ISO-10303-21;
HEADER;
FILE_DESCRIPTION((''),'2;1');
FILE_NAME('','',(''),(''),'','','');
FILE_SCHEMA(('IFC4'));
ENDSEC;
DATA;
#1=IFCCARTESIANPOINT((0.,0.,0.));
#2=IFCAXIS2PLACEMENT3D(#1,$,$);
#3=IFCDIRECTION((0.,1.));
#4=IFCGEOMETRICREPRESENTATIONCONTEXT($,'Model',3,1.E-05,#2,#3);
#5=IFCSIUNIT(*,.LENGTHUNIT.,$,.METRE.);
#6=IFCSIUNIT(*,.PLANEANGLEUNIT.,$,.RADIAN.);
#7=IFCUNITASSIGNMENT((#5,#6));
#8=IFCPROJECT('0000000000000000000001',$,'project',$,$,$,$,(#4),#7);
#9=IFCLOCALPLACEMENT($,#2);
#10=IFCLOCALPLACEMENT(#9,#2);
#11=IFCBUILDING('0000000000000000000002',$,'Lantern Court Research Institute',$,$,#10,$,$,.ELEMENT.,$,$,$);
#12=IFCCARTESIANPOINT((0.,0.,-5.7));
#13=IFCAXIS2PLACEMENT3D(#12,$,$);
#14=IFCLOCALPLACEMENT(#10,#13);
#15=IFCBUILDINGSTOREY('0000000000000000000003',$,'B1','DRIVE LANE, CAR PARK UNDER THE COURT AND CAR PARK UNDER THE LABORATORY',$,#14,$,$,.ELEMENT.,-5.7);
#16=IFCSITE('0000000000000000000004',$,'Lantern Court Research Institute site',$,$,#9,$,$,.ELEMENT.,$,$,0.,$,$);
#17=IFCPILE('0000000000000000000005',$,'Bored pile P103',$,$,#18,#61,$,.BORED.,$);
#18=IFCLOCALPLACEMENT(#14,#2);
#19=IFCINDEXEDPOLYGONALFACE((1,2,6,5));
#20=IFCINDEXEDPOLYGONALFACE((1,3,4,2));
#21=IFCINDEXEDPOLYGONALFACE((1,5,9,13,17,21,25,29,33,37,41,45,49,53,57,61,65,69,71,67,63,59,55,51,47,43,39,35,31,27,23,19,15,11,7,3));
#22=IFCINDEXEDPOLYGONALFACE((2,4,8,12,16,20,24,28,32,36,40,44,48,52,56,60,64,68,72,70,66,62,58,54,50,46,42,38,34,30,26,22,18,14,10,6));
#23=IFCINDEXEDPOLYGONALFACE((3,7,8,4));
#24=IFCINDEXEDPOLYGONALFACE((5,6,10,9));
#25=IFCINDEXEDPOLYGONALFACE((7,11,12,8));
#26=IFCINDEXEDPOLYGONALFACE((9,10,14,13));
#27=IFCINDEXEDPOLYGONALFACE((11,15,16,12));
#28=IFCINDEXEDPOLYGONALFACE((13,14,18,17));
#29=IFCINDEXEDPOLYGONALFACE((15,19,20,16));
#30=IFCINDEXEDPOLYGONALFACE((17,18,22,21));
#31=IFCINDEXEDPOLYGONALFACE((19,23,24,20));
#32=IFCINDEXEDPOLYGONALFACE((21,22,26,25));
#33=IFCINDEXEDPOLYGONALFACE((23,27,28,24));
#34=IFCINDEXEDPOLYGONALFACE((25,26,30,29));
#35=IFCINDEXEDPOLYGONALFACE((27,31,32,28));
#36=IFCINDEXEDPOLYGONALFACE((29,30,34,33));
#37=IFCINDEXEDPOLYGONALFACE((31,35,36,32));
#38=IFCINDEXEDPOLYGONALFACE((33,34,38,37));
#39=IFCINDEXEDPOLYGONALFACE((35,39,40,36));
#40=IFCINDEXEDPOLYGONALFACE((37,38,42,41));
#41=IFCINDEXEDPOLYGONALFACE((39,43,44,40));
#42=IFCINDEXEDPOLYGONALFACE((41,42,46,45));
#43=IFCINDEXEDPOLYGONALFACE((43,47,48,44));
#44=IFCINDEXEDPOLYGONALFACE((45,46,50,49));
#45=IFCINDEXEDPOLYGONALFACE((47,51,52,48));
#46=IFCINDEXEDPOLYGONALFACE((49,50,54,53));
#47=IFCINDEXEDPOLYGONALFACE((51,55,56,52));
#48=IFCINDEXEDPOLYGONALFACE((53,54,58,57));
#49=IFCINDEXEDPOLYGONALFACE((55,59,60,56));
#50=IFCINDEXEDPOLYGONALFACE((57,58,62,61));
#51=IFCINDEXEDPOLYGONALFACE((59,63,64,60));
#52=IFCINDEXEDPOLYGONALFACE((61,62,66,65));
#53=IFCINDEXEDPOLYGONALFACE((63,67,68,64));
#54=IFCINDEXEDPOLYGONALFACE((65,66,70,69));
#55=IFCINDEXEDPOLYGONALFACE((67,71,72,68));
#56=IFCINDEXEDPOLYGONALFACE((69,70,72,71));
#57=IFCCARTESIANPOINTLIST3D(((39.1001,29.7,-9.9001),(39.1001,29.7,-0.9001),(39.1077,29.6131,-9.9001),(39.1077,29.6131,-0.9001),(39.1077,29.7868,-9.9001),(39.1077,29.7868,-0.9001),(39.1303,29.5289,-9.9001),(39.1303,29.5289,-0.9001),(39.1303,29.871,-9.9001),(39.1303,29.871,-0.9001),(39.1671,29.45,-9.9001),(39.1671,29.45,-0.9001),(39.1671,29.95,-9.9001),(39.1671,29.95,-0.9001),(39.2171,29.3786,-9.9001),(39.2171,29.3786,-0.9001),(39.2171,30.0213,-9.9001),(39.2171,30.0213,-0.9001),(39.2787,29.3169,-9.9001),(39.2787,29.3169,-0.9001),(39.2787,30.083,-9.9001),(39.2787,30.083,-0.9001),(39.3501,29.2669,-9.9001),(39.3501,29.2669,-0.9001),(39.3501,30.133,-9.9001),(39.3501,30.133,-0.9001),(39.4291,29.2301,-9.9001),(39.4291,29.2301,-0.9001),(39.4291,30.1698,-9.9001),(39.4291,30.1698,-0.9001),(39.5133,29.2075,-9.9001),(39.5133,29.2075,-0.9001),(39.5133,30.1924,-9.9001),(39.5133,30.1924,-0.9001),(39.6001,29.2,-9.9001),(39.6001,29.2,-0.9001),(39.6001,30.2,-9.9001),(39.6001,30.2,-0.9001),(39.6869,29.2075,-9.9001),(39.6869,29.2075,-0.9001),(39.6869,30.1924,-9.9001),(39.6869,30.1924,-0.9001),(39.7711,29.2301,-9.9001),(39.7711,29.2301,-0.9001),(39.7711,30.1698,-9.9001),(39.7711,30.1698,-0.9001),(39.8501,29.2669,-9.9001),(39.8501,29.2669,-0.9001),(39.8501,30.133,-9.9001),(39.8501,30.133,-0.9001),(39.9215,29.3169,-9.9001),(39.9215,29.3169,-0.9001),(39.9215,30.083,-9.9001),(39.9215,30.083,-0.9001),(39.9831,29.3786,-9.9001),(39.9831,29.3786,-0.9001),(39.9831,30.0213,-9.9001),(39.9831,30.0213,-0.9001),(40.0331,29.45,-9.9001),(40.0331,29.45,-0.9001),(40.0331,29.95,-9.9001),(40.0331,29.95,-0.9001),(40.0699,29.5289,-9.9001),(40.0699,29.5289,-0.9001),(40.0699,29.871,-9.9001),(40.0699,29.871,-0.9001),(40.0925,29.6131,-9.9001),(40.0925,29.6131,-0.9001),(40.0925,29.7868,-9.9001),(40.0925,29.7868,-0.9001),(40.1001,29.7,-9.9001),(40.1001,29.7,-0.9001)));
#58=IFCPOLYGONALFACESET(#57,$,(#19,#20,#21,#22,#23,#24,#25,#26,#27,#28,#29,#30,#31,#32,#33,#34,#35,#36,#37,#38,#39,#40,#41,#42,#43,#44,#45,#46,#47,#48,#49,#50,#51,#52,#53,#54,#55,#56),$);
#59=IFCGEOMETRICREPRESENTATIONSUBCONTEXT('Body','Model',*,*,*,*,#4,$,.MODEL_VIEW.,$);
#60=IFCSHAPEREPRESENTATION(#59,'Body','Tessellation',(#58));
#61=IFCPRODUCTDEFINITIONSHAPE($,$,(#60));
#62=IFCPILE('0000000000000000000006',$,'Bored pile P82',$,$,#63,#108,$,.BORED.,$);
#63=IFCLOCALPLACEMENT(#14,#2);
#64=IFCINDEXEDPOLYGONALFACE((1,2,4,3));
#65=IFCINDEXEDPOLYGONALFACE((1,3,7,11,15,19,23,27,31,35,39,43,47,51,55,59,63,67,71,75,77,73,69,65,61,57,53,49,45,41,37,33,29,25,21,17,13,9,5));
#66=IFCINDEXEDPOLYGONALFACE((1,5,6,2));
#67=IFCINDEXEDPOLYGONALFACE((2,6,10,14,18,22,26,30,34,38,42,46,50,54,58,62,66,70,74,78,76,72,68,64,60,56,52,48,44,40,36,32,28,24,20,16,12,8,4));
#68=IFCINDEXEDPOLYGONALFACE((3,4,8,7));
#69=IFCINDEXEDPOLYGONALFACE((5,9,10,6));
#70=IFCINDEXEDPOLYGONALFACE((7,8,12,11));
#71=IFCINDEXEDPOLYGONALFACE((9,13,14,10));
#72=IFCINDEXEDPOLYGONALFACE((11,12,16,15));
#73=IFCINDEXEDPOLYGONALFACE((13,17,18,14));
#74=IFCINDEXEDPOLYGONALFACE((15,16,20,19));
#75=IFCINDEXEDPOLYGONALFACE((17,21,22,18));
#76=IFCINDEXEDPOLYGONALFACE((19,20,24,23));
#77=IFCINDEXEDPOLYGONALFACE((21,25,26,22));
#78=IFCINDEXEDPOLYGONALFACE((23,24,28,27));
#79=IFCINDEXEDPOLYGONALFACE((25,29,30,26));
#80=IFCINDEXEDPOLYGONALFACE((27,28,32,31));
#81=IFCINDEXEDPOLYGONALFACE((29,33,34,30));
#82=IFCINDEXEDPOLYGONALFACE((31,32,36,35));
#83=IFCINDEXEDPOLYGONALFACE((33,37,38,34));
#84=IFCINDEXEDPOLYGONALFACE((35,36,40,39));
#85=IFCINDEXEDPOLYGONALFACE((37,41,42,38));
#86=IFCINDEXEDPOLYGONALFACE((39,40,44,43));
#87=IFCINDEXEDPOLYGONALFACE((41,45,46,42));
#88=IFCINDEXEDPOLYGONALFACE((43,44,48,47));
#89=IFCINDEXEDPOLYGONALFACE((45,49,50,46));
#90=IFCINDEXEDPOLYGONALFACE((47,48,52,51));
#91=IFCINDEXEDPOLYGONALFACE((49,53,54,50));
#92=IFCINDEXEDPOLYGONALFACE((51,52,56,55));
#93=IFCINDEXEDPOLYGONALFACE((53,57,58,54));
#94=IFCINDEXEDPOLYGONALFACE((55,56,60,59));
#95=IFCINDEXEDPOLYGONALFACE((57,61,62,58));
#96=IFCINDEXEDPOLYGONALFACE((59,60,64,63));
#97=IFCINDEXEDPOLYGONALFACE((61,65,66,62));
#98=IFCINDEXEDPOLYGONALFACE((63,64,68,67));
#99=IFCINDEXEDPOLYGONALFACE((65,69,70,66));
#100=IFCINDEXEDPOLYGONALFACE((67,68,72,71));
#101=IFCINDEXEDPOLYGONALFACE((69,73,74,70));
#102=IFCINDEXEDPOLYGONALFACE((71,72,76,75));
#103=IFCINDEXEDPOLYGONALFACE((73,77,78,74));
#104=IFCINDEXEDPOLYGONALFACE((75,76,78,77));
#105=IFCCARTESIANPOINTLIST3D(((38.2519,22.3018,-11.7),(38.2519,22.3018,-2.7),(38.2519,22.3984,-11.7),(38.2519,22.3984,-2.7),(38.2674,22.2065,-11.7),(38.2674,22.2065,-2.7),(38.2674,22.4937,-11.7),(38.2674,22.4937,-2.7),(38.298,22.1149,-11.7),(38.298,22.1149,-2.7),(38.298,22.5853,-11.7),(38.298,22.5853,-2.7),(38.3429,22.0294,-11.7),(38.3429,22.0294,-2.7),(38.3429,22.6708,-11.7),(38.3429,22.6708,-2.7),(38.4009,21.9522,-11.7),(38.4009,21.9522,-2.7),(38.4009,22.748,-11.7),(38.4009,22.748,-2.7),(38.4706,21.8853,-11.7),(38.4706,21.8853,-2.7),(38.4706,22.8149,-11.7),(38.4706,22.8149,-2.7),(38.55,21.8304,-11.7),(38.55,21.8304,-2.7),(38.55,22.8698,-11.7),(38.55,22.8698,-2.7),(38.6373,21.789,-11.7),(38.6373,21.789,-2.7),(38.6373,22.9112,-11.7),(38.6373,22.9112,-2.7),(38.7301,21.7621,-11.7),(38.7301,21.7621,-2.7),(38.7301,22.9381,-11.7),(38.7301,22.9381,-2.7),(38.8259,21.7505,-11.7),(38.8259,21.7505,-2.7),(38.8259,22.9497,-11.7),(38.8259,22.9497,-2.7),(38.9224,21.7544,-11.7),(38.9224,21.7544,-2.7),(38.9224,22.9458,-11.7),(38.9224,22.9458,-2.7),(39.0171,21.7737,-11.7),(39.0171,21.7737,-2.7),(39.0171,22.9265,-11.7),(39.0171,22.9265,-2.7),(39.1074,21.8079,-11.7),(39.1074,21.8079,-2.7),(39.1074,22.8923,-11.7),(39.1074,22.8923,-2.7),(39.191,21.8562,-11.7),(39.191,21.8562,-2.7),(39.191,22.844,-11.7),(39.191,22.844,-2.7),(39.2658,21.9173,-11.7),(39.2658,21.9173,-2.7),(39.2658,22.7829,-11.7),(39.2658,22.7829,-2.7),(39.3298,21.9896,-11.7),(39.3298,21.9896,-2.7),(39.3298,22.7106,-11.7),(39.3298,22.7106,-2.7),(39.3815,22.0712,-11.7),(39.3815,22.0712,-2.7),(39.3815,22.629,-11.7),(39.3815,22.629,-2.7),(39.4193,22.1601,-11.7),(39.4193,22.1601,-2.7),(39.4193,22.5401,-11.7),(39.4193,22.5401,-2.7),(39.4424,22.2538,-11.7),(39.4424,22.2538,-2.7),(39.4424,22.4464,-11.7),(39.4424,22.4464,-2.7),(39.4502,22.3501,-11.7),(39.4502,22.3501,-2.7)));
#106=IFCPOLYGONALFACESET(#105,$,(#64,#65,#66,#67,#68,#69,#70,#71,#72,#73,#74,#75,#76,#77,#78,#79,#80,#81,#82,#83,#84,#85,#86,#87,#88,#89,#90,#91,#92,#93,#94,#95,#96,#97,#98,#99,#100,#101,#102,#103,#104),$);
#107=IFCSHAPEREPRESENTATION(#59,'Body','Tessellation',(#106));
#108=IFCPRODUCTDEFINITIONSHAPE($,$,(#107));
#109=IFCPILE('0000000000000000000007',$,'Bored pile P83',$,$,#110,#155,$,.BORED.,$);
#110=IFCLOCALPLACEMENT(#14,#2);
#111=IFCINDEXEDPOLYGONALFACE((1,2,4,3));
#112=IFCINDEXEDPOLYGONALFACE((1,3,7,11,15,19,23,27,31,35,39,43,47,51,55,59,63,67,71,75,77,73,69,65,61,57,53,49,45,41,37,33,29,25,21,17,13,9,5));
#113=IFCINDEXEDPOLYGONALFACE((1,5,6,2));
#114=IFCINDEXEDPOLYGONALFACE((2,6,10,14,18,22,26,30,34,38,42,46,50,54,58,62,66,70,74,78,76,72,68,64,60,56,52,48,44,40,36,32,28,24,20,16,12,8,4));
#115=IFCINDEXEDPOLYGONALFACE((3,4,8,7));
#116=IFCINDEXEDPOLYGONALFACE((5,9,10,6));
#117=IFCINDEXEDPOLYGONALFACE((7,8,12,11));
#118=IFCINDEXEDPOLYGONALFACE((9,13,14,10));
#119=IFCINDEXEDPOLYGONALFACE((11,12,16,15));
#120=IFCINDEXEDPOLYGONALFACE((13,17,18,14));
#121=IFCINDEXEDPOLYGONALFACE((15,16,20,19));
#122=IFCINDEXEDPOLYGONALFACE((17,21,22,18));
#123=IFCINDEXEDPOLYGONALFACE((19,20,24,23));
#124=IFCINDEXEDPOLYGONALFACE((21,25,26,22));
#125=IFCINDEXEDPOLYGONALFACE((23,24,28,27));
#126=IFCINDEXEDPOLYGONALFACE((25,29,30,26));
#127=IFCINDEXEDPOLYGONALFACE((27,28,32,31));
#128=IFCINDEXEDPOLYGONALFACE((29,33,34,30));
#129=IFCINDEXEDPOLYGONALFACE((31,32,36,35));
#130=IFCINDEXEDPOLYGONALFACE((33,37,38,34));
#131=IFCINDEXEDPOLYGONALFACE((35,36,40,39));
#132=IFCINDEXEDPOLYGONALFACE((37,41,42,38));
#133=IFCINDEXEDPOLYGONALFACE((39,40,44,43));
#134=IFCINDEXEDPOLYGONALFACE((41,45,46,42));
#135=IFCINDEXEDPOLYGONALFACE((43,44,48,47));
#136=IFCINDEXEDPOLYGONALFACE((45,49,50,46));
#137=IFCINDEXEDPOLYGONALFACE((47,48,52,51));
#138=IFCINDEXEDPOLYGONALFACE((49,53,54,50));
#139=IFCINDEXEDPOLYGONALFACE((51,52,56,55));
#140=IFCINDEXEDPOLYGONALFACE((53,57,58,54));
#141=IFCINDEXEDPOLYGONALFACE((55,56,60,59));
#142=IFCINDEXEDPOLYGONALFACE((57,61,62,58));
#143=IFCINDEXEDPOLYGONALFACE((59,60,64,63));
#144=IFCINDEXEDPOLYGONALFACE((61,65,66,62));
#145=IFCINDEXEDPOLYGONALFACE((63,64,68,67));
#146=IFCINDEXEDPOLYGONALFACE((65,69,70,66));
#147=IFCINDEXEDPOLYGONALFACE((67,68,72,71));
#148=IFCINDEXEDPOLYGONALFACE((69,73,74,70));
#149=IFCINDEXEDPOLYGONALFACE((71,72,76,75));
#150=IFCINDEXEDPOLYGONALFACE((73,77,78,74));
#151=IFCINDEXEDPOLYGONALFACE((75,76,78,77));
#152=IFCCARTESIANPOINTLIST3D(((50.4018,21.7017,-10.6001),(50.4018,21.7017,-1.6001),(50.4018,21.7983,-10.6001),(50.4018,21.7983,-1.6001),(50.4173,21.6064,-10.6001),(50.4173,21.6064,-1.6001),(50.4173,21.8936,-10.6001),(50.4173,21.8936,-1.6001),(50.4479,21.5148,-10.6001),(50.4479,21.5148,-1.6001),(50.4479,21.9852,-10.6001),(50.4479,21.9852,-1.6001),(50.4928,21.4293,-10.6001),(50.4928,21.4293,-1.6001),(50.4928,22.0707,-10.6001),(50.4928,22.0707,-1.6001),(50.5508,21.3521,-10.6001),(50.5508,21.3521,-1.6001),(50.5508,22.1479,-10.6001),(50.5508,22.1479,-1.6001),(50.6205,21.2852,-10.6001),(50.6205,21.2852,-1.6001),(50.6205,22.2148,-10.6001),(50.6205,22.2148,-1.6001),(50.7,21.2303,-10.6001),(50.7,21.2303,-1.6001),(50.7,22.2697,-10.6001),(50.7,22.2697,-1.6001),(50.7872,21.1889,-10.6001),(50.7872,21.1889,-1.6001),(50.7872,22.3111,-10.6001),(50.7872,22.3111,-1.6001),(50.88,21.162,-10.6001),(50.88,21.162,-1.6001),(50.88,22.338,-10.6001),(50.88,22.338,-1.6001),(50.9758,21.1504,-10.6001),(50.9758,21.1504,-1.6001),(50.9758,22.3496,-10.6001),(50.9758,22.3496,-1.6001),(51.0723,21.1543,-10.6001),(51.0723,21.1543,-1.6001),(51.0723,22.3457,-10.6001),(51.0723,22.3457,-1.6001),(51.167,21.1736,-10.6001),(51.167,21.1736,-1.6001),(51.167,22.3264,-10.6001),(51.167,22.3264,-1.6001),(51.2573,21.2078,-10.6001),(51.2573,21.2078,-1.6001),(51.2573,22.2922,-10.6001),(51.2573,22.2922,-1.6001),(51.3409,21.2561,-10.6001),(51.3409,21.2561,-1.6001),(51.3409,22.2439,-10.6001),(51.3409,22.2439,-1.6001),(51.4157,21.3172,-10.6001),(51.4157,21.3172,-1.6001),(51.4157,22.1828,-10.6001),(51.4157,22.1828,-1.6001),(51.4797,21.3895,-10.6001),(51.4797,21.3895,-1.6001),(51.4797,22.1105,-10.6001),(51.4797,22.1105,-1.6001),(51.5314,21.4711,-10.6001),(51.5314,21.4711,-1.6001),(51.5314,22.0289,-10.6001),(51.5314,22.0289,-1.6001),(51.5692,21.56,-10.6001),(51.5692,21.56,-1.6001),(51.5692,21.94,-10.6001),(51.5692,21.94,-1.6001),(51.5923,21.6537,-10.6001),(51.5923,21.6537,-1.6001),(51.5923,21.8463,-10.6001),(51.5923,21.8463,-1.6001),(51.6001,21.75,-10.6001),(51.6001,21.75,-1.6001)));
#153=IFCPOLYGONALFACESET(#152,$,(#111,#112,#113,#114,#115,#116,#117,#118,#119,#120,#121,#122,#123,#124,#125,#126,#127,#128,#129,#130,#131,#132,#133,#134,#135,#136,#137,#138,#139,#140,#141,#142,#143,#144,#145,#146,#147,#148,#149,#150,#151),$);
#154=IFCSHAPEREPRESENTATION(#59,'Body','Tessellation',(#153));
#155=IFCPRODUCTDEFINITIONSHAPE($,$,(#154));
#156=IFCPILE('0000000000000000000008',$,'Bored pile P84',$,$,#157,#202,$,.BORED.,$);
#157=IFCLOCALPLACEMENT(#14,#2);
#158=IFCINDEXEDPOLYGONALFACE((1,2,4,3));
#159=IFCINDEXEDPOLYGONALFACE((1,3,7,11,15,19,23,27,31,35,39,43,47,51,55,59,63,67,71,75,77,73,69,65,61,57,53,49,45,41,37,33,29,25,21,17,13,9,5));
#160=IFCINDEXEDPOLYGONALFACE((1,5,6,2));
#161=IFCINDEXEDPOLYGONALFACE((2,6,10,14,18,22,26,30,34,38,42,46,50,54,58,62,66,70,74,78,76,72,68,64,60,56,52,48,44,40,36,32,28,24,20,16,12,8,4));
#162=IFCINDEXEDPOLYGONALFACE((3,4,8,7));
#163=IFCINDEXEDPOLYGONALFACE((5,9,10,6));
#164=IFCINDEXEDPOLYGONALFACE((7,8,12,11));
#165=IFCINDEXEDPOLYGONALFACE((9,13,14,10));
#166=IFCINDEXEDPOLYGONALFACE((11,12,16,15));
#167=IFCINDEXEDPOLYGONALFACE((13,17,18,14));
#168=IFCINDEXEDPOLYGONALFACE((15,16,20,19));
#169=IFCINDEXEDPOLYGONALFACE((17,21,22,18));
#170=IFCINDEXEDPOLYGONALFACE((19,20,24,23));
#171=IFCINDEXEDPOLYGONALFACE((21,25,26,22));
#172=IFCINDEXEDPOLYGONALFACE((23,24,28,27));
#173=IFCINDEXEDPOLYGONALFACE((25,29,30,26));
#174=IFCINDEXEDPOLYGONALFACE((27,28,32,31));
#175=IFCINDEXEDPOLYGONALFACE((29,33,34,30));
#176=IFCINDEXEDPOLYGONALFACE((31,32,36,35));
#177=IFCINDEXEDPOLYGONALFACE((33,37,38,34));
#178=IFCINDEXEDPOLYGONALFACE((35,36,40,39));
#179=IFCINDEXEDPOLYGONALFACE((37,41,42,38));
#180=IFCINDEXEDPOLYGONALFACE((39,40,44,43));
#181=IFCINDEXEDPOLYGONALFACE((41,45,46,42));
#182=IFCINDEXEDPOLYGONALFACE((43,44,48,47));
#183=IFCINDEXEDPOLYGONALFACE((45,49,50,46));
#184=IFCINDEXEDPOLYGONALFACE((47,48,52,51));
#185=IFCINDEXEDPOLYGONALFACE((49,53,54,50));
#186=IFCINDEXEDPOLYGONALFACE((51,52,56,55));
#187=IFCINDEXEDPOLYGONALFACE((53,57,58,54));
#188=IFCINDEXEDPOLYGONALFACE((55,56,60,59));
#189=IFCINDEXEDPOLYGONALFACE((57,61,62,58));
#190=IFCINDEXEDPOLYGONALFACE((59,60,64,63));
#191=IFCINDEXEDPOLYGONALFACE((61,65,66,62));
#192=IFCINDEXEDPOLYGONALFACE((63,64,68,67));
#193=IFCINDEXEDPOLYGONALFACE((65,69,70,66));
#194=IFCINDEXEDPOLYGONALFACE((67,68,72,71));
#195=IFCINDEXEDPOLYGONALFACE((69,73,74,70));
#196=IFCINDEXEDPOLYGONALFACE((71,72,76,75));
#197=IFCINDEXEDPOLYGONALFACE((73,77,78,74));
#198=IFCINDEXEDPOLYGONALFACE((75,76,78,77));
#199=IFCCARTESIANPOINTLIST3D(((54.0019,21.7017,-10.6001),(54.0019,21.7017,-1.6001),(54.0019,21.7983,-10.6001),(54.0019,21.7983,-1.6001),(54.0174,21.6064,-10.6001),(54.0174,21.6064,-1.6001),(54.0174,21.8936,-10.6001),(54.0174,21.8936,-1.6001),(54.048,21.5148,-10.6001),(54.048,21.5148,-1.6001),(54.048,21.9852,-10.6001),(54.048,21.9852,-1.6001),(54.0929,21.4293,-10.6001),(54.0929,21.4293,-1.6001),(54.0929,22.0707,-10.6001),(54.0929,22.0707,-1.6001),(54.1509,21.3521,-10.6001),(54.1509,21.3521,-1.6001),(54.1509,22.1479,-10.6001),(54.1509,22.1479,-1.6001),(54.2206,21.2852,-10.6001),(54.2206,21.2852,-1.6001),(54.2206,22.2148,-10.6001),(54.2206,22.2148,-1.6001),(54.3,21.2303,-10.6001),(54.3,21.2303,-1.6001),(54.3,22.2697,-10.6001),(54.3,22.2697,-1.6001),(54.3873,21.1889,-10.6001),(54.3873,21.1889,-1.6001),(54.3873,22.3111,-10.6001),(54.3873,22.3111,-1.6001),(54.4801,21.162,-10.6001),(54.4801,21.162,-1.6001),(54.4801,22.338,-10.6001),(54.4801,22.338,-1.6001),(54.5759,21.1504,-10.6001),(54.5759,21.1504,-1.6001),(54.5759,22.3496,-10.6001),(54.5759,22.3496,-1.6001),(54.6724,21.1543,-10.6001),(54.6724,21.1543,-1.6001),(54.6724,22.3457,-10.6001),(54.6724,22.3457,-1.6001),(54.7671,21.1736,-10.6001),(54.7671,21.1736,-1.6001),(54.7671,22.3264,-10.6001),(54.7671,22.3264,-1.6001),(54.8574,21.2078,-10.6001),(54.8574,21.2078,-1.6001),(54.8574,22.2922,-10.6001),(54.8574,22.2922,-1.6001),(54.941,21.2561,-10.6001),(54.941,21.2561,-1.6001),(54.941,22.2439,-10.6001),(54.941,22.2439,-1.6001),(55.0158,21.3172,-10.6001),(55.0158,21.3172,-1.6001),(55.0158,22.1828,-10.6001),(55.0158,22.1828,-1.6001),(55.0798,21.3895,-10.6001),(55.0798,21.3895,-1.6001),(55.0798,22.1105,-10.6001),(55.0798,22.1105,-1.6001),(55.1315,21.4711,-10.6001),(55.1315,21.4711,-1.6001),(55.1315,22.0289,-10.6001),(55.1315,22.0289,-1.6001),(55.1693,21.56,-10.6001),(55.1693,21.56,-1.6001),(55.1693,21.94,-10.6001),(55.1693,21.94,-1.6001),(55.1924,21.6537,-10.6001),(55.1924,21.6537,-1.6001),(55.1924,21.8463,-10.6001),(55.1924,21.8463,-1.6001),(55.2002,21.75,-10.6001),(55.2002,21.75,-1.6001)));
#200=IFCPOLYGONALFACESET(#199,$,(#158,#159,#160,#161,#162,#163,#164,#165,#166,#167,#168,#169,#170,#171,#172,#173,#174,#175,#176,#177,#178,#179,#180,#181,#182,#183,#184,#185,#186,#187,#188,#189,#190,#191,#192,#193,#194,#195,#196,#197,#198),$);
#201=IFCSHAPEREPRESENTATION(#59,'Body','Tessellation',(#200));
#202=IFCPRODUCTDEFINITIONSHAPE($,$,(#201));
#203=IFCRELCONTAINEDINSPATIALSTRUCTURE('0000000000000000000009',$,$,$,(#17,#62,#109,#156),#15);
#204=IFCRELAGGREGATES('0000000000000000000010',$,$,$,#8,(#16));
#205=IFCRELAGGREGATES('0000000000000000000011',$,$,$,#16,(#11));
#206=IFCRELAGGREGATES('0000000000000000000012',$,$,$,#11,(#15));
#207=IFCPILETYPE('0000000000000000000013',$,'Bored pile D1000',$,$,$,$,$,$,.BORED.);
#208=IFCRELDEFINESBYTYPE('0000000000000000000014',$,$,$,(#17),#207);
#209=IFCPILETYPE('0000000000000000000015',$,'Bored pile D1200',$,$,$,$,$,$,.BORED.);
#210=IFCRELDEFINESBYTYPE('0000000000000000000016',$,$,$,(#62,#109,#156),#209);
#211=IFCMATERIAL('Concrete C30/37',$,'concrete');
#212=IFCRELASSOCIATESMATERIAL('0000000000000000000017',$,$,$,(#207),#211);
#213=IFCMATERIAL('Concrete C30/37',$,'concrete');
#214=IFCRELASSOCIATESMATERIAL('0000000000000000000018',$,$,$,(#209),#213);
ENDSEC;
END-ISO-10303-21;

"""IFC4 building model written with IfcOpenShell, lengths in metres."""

from ifc_helpers import new_model, si_unit, direction, frame, origin, origin_2d, place, context, subcontext, project, spatial, circle, extrude, material, material_profile, profile_set, type_object, element, save


model = new_model("IFC4")

# Units and contexts
model_context = context("Model", 3, precision=1e-05, world=origin(), true_north=direction((0.0, 1.0)))
body_context = subcontext(model_context, "Body", "Model", "MODEL_VIEW")
ifc_project = project(units=[si_unit("LENGTHUNIT", "METRE"), si_unit("PLANEANGLEUNIT", "RADIAN")], contexts=[model_context])

# Site, building, storey
site_placement = place(None, origin())
site = spatial("IfcSite", under=ifc_project, at=site_placement, Name="Lantern Court Research Institute site", CompositionType="ELEMENT", RefElevation=0.0)
building_placement = place(site_placement, origin())
building = spatial("IfcBuilding", under=site, at=building_placement, Name="Lantern Court Research Institute", CompositionType="ELEMENT")
storey_placement = place(building_placement, frame((0.0, 0.0, -5.7)))
storey = spatial("IfcBuildingStorey", under=building, at=storey_placement, Name="B1", Description="DRIVE LANE, CAR PARK UNDER THE COURT AND CAR PARK UNDER THE LABORATORY", CompositionType="ELEMENT", Elevation=-5.7)

# Piles
ifc_material_1 = material(Name="Concrete C30/37", Category="concrete")
ifc_material_profile_1 = material_profile(ifc_material_1, circle(Radius=0.5, at=origin_2d()), Name="Bored pile D1000")
ifc_profile_set_1 = profile_set([ifc_material_profile_1], Name="Concrete C30/37")
pile_type_1 = type_object("IfcPileType", Name="Bored pile D1000", PredefinedType="BORED", material=ifc_profile_set_1)
pile_1_placement = place(storey_placement, frame((39.6001, 29.7, -0.9001), z_axis=(0.0, 0.0, -1.0), x_axis=(1.0, 0.0, 0.0)))
element("IfcPile", 1, at=pile_1_placement, inside=storey, type_object=pile_type_1, Name="Bored pile P103", PredefinedType="BORED", context=body_context, shape_type="SweptSolid", body=[
    extrude(circle(Radius=0.5, at=origin_2d()), origin(), (0.0, 0.0, 1.0), 9.0),
])
ifc_material_2 = material(Name="Concrete C30/37", Category="concrete")
ifc_material_profile_2 = material_profile(ifc_material_2, circle(Radius=0.6001, at=origin_2d()), Name="Bored pile D1200")
ifc_profile_set_2 = profile_set([ifc_material_profile_2], Name="Concrete C30/37")
pile_type_2 = type_object("IfcPileType", Name="Bored pile D1200", PredefinedType="BORED", material=ifc_profile_set_2)
for number, where, z_axis, x_axis, name in (
    (2, (38.8501, 22.3501, -2.7), (0.0, 0.0, -1.0), (1.0, 0.0, 0.0), "Bored pile P82"),
    (3, (51.0, 21.75, -1.6001), (0.0, 0.0, -1.0), (1.0, 0.0, 0.0), "Bored pile P83"),
    (4, (54.6001, 21.75, -1.6001), (0.0, 0.0, -1.0), (1.0, 0.0, 0.0), "Bored pile P84"),
):
    element("IfcPile", number, at=place(storey_placement, frame(where, z_axis=z_axis, x_axis=x_axis)), inside=storey, type_object=pile_type_2, Name=name, PredefinedType="BORED", context=body_context, shape_type="SweptSolid", body=[
        extrude(circle(Radius=0.6001, at=origin_2d()), origin(), (0.0, 0.0, 1.0), 9.0),
    ])

save(model, "model.ifc")
